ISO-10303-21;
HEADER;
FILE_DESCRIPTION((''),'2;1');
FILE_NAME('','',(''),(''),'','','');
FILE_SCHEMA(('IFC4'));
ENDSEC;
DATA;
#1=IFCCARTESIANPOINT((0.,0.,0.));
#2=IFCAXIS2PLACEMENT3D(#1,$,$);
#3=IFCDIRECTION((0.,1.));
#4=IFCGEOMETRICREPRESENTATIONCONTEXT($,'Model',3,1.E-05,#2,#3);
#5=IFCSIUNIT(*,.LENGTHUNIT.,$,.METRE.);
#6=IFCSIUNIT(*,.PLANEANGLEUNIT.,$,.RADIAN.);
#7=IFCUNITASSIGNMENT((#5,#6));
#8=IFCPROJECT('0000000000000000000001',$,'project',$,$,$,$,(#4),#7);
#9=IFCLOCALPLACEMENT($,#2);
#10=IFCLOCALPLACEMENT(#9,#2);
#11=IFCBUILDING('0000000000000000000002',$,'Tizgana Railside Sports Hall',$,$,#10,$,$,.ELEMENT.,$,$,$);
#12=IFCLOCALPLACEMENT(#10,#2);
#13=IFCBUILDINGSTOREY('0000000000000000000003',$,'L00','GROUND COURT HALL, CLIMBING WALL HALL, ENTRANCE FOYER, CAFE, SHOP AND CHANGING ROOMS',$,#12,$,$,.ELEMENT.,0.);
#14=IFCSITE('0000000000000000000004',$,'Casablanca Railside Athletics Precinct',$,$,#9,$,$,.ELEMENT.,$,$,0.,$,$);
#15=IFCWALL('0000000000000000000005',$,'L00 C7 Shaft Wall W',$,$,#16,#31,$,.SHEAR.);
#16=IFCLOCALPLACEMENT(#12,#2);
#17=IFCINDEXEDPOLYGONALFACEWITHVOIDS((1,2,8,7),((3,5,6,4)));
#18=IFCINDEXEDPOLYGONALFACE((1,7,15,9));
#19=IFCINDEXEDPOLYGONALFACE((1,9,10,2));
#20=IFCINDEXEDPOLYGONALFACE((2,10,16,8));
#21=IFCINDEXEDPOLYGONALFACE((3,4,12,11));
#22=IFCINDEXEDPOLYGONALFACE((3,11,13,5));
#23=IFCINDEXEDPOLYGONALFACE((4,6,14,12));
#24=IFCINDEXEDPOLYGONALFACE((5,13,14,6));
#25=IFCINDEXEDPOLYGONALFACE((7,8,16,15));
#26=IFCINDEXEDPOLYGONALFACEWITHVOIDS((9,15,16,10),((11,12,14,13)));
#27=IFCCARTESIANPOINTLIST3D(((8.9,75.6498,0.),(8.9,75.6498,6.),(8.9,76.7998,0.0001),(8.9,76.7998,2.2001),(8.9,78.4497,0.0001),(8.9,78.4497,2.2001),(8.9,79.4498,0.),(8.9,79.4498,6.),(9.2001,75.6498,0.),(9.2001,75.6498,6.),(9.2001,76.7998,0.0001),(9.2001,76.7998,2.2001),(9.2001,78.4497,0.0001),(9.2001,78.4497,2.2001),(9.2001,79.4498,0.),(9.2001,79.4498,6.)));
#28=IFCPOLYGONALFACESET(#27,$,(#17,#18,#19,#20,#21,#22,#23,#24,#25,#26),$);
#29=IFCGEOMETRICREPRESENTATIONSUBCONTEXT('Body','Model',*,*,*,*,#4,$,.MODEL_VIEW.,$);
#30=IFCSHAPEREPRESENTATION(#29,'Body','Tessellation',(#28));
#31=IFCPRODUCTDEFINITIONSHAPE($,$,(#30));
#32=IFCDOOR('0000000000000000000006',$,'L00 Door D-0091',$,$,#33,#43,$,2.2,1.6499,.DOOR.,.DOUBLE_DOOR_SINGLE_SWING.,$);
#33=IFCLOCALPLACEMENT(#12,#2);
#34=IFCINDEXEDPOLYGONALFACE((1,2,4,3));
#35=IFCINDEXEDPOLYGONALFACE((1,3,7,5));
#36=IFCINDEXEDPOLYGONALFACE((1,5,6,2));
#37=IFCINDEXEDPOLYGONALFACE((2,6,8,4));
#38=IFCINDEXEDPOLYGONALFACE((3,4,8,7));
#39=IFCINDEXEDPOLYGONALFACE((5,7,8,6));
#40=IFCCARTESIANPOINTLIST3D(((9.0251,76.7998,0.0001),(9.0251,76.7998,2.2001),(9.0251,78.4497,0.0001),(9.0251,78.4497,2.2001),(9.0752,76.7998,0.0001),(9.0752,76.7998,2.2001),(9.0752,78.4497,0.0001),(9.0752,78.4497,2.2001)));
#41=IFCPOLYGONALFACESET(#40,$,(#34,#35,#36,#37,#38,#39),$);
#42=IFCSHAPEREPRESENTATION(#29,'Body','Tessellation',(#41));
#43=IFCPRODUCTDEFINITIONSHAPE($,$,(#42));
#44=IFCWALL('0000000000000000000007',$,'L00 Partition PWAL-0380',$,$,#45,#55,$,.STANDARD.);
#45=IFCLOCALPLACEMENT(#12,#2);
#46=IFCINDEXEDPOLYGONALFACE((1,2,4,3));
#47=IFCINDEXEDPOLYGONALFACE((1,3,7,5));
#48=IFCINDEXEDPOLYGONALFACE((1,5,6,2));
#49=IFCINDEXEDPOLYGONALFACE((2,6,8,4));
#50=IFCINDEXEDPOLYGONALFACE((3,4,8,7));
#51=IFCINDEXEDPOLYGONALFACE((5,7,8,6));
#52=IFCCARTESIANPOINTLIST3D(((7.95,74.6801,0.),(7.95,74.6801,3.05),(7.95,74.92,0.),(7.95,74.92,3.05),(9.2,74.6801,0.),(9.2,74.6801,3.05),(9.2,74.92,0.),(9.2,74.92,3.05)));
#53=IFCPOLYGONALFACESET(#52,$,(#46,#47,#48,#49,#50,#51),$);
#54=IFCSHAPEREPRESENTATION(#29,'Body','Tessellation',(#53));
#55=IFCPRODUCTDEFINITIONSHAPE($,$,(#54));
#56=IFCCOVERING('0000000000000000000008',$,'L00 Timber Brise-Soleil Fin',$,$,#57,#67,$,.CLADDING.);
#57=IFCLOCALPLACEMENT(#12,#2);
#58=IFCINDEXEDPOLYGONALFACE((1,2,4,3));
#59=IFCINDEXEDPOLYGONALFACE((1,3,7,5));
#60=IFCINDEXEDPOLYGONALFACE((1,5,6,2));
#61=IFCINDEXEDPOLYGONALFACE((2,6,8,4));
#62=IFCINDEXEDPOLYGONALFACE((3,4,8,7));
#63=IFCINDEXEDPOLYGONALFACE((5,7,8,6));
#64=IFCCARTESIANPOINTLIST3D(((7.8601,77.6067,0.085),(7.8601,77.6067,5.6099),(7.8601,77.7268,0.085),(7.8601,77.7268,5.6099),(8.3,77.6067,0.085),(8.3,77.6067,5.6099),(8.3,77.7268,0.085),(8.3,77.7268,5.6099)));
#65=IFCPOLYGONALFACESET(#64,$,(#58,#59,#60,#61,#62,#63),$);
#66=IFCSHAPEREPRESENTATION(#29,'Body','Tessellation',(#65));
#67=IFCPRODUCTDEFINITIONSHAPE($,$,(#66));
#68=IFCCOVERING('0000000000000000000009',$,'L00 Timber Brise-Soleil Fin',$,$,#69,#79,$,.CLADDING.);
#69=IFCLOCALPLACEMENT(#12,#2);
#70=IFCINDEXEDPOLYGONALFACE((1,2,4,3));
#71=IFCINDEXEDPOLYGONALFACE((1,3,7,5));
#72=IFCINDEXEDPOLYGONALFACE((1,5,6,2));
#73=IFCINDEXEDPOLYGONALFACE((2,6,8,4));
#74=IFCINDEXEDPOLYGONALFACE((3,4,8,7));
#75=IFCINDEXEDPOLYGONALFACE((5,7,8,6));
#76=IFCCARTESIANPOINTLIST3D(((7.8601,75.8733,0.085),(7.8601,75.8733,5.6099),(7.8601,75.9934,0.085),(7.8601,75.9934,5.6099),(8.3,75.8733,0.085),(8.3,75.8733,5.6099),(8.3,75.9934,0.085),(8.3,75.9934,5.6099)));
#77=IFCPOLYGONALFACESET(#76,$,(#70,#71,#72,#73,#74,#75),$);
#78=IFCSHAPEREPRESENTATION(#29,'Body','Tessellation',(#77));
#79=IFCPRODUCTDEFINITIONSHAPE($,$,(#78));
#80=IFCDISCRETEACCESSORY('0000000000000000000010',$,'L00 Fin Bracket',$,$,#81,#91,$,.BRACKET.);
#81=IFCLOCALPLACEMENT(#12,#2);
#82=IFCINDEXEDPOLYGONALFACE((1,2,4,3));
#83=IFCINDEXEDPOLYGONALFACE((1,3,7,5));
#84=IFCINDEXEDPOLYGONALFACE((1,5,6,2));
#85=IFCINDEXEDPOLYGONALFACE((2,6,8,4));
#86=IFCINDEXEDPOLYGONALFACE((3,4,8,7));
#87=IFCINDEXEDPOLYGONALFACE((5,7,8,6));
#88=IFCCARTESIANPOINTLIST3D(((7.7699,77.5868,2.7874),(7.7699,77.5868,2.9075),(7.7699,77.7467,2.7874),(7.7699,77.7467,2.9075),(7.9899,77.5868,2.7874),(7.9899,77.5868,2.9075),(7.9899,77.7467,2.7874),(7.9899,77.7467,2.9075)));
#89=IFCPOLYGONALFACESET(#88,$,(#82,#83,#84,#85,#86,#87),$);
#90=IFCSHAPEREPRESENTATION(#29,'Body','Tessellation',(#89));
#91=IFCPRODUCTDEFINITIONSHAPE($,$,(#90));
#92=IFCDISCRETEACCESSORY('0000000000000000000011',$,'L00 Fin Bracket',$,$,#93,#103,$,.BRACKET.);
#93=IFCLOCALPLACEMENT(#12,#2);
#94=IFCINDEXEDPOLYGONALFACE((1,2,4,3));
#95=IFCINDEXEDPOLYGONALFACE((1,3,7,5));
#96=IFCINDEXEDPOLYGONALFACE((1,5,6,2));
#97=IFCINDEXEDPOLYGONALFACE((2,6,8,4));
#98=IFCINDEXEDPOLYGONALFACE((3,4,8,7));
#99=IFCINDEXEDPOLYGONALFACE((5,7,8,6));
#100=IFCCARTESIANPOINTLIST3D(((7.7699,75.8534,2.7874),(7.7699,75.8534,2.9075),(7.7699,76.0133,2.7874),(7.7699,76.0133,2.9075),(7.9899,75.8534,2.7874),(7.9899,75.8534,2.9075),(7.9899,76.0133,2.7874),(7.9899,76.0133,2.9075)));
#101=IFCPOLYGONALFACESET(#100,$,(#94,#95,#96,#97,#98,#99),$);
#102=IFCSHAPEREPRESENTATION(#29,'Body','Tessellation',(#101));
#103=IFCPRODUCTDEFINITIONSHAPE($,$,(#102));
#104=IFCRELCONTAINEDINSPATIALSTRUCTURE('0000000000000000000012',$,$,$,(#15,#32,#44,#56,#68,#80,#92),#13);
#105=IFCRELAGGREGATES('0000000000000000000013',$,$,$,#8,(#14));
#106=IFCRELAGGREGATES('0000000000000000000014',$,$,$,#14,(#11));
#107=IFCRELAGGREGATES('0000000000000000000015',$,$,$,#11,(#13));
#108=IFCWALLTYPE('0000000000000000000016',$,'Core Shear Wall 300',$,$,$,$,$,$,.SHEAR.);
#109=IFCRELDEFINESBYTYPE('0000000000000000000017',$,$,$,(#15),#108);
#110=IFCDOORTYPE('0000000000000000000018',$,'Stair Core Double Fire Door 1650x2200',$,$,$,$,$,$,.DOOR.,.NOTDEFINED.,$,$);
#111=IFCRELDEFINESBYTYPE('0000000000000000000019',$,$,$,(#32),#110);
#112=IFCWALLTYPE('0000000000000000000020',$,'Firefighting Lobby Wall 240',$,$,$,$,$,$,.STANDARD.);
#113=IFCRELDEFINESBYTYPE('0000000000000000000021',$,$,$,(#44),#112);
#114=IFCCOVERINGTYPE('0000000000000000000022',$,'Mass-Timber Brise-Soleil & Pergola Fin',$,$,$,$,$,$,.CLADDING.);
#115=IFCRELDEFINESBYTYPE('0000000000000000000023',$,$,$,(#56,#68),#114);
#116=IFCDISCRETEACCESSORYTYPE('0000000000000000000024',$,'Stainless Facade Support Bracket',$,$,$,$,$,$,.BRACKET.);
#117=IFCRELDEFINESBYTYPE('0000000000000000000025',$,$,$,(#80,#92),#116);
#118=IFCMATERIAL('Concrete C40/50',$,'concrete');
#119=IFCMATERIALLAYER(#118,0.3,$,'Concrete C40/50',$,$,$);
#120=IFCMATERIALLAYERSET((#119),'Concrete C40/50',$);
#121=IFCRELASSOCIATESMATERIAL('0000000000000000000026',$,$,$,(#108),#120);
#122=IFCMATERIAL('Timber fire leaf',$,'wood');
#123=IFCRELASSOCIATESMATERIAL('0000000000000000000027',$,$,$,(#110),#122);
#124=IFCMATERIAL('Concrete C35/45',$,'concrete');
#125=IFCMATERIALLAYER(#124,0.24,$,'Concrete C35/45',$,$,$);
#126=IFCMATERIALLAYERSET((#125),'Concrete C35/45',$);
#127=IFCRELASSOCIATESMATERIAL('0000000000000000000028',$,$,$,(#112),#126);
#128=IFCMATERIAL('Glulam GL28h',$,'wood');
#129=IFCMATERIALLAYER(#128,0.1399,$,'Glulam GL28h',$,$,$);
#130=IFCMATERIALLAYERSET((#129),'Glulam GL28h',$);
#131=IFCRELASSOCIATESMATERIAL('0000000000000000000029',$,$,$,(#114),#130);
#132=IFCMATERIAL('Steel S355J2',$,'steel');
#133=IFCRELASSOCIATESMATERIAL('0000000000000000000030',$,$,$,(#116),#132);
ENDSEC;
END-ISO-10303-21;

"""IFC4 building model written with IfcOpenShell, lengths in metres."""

from ifc_helpers import new_model, si_unit, direction, frame, frame_2d, origin, origin_2d, place, context, subcontext, project, spatial, rectangle, extrude, material, layer, layer_set, type_object, element, fill, save


model = new_model("IFC4")

# Units and contexts
model_context = context("Model", 3, precision=1e-05, world=origin(), true_north=direction((0.0, 1.0)))
body_context = subcontext(model_context, "Body", "Model", "MODEL_VIEW")
ifc_project = project(units=[si_unit("LENGTHUNIT", "METRE"), si_unit("PLANEANGLEUNIT", "RADIAN")], contexts=[model_context])

# Site, building, storey
site_placement = place(None, origin())
site = spatial("IfcSite", under=ifc_project, at=site_placement, Name="Casablanca Railside Athletics Precinct", CompositionType="ELEMENT", RefElevation=0.0)
building_placement = place(site_placement, origin())
building = spatial("IfcBuilding", under=site, at=building_placement, Name="Tizgana Railside Sports Hall", CompositionType="ELEMENT")
storey_placement = place(building_placement, origin())
storey = spatial("IfcBuildingStorey", under=building, at=storey_placement, Name="L00", Description="GROUND COURT HALL, CLIMBING WALL HALL, ENTRANCE FOYER, CAFE, SHOP AND CHANGING ROOMS", CompositionType="ELEMENT", Elevation=0.0)

# Shared definitions
ifc_material_1 = material(Name="Steel S355J2", Category="steel")

# Wall, opening, door
ifc_material_2 = material(Name="Concrete C40/50", Category="concrete")
ifc_layer_1 = layer(ifc_material_2, 0.3, Name="Concrete C40/50")
ifc_layer_set_1 = layer_set([ifc_layer_1], Name="Concrete C40/50")
wall_type_1 = type_object("IfcWallType", Name="Core Shear Wall 300", PredefinedType="SHEAR", material=ifc_layer_set_1)
wall_1_placement = place(storey_placement, frame((9.05, 75.6499, 0.0), z_axis=(0.0, 0.0, 1.0), x_axis=(0.0, 1.0, 0.0)))
wall_1 = element("IfcWall", 1, at=wall_1_placement, inside=storey, type_object=wall_type_1, Name="L00 C7 Shaft Wall W", PredefinedType="SHEAR", context=body_context, shape_type="SweptSolid", body=[
    extrude(rectangle(XDim=3.8, YDim=0.3, at=frame_2d((1.8999, 0.0))), origin(), (0.0, 0.0, 1.0), 6.0),
])
opening_placement = place(wall_1_placement, frame((1.1499, 0.0, 0.0)))
opening = element("IfcOpeningElement", 2, at=opening_placement, cuts=wall_1, PredefinedType="OPENING", context=body_context, shape_type="SweptSolid", body=[
    extrude(rectangle(XDim=1.6499, YDim=2.2, at=frame_2d((0.825, 1.1001))), frame((0.0, 0.1599, 0.0), z_axis=(0.0, -1.0, 0.0), x_axis=(1.0, 0.0, 0.0)), (0.0, 0.0, 1.0), 0.3201),
])
ifc_material_3 = material(Name="Timber fire leaf", Category="wood")
door_type = type_object("IfcDoorType", Name="Stair Core Double Fire Door 1650x2200", OperationType="NOTDEFINED", PredefinedType="DOOR", material=ifc_material_3)
door_placement = place(opening_placement, origin())
door = element("IfcDoor", 3, at=door_placement, inside=storey, type_object=door_type, Name="L00 Door D-0091", OperationType="DOUBLE_DOOR_SINGLE_SWING", OverallHeight=2.2, OverallWidth=1.6499, PredefinedType="DOOR", context=body_context, shape_type="SweptSolid", body=[
    extrude(rectangle(XDim=1.6499, YDim=2.2, at=frame_2d((0.825, 1.1001))), frame((0.0, 0.0249, 0.0), z_axis=(0.0, -1.0, 0.0), x_axis=(1.0, 0.0, 0.0)), (0.0, 0.0, 1.0), 0.05),
])
fill(opening, door)

# Wall
ifc_material_4 = material(Name="Concrete C35/45", Category="concrete")
ifc_layer_2 = layer(ifc_material_4, 0.24, Name="Concrete C35/45")
ifc_layer_set_2 = layer_set([ifc_layer_2], Name="Concrete C35/45")
wall_type_2 = type_object("IfcWallType", Name="Firefighting Lobby Wall 240", PredefinedType="STANDARD", material=ifc_layer_set_2)
wall_2_placement = place(storey_placement, frame((7.95, 74.8, 0.0), z_axis=(0.0, 0.0, 1.0), x_axis=(1.0, 0.0, 0.0)))
element("IfcWall", 4, at=wall_2_placement, inside=storey, type_object=wall_type_2, Name="L00 Partition PWAL-0380", PredefinedType="STANDARD", context=body_context, shape_type="SweptSolid", body=[
    extrude(rectangle(XDim=1.25, YDim=0.24, at=frame_2d((0.625, 0.0))), origin(), (0.0, 0.0, 1.0), 3.05),
])

# Coverings
ifc_material_5 = material(Name="Glulam GL28h", Category="wood")
ifc_layer_3 = layer(ifc_material_5, 0.1399, Name="Glulam GL28h")
ifc_layer_set_3 = layer_set([ifc_layer_3], Name="Glulam GL28h")
covering_type = type_object("IfcCoveringType", Name="Mass-Timber Brise-Soleil & Pergola Fin", PredefinedType="CLADDING", material=ifc_layer_set_3)
for number, where, z_axis, x_axis, name in (
    (5, (8.0801, 77.6667, 0.085), (0.0, 0.0, 1.0), (0.0, -1.0, 0.0), "L00 Timber Brise-Soleil Fin"),
    (6, (8.0801, 75.9333, 0.085), (0.0, 0.0, 1.0), (0.0, -1.0, 0.0), "L00 Timber Brise-Soleil Fin"),
):
    element("IfcCovering", number, at=place(storey_placement, frame(where, z_axis=z_axis, x_axis=x_axis)), inside=storey, type_object=covering_type, Name=name, PredefinedType="CLADDING", context=body_context, shape_type="SweptSolid", body=[
        extrude(rectangle(XDim=0.1201, YDim=0.4399, at=origin_2d()), origin(), (0.0, 0.0, 1.0), 5.5249),
    ])

# Discrete accessories
discrete_accessory_type = type_object("IfcDiscreteAccessoryType", Name="Stainless Facade Support Bracket", PredefinedType="BRACKET", material=ifc_material_1)
for number, where, z_axis, x_axis, name in (
    (7, (7.8799, 77.6667, 2.7874), (0.0, 0.0, 1.0), (0.0, -1.0, 0.0), "L00 Fin Bracket"),
    (8, (7.8799, 75.9333, 2.7874), (0.0, 0.0, 1.0), (0.0, -1.0, 0.0), "L00 Fin Bracket"),
):
    element("IfcDiscreteAccessory", number, at=place(storey_placement, frame(where, z_axis=z_axis, x_axis=x_axis)), inside=storey, type_object=discrete_accessory_type, Name=name, PredefinedType="BRACKET", context=body_context, shape_type="SweptSolid", body=[
        extrude(rectangle(XDim=0.1599, YDim=0.22, at=origin_2d()), origin(), (0.0, 0.0, 1.0), 0.1201),
    ])

save(model, "model.ifc")
